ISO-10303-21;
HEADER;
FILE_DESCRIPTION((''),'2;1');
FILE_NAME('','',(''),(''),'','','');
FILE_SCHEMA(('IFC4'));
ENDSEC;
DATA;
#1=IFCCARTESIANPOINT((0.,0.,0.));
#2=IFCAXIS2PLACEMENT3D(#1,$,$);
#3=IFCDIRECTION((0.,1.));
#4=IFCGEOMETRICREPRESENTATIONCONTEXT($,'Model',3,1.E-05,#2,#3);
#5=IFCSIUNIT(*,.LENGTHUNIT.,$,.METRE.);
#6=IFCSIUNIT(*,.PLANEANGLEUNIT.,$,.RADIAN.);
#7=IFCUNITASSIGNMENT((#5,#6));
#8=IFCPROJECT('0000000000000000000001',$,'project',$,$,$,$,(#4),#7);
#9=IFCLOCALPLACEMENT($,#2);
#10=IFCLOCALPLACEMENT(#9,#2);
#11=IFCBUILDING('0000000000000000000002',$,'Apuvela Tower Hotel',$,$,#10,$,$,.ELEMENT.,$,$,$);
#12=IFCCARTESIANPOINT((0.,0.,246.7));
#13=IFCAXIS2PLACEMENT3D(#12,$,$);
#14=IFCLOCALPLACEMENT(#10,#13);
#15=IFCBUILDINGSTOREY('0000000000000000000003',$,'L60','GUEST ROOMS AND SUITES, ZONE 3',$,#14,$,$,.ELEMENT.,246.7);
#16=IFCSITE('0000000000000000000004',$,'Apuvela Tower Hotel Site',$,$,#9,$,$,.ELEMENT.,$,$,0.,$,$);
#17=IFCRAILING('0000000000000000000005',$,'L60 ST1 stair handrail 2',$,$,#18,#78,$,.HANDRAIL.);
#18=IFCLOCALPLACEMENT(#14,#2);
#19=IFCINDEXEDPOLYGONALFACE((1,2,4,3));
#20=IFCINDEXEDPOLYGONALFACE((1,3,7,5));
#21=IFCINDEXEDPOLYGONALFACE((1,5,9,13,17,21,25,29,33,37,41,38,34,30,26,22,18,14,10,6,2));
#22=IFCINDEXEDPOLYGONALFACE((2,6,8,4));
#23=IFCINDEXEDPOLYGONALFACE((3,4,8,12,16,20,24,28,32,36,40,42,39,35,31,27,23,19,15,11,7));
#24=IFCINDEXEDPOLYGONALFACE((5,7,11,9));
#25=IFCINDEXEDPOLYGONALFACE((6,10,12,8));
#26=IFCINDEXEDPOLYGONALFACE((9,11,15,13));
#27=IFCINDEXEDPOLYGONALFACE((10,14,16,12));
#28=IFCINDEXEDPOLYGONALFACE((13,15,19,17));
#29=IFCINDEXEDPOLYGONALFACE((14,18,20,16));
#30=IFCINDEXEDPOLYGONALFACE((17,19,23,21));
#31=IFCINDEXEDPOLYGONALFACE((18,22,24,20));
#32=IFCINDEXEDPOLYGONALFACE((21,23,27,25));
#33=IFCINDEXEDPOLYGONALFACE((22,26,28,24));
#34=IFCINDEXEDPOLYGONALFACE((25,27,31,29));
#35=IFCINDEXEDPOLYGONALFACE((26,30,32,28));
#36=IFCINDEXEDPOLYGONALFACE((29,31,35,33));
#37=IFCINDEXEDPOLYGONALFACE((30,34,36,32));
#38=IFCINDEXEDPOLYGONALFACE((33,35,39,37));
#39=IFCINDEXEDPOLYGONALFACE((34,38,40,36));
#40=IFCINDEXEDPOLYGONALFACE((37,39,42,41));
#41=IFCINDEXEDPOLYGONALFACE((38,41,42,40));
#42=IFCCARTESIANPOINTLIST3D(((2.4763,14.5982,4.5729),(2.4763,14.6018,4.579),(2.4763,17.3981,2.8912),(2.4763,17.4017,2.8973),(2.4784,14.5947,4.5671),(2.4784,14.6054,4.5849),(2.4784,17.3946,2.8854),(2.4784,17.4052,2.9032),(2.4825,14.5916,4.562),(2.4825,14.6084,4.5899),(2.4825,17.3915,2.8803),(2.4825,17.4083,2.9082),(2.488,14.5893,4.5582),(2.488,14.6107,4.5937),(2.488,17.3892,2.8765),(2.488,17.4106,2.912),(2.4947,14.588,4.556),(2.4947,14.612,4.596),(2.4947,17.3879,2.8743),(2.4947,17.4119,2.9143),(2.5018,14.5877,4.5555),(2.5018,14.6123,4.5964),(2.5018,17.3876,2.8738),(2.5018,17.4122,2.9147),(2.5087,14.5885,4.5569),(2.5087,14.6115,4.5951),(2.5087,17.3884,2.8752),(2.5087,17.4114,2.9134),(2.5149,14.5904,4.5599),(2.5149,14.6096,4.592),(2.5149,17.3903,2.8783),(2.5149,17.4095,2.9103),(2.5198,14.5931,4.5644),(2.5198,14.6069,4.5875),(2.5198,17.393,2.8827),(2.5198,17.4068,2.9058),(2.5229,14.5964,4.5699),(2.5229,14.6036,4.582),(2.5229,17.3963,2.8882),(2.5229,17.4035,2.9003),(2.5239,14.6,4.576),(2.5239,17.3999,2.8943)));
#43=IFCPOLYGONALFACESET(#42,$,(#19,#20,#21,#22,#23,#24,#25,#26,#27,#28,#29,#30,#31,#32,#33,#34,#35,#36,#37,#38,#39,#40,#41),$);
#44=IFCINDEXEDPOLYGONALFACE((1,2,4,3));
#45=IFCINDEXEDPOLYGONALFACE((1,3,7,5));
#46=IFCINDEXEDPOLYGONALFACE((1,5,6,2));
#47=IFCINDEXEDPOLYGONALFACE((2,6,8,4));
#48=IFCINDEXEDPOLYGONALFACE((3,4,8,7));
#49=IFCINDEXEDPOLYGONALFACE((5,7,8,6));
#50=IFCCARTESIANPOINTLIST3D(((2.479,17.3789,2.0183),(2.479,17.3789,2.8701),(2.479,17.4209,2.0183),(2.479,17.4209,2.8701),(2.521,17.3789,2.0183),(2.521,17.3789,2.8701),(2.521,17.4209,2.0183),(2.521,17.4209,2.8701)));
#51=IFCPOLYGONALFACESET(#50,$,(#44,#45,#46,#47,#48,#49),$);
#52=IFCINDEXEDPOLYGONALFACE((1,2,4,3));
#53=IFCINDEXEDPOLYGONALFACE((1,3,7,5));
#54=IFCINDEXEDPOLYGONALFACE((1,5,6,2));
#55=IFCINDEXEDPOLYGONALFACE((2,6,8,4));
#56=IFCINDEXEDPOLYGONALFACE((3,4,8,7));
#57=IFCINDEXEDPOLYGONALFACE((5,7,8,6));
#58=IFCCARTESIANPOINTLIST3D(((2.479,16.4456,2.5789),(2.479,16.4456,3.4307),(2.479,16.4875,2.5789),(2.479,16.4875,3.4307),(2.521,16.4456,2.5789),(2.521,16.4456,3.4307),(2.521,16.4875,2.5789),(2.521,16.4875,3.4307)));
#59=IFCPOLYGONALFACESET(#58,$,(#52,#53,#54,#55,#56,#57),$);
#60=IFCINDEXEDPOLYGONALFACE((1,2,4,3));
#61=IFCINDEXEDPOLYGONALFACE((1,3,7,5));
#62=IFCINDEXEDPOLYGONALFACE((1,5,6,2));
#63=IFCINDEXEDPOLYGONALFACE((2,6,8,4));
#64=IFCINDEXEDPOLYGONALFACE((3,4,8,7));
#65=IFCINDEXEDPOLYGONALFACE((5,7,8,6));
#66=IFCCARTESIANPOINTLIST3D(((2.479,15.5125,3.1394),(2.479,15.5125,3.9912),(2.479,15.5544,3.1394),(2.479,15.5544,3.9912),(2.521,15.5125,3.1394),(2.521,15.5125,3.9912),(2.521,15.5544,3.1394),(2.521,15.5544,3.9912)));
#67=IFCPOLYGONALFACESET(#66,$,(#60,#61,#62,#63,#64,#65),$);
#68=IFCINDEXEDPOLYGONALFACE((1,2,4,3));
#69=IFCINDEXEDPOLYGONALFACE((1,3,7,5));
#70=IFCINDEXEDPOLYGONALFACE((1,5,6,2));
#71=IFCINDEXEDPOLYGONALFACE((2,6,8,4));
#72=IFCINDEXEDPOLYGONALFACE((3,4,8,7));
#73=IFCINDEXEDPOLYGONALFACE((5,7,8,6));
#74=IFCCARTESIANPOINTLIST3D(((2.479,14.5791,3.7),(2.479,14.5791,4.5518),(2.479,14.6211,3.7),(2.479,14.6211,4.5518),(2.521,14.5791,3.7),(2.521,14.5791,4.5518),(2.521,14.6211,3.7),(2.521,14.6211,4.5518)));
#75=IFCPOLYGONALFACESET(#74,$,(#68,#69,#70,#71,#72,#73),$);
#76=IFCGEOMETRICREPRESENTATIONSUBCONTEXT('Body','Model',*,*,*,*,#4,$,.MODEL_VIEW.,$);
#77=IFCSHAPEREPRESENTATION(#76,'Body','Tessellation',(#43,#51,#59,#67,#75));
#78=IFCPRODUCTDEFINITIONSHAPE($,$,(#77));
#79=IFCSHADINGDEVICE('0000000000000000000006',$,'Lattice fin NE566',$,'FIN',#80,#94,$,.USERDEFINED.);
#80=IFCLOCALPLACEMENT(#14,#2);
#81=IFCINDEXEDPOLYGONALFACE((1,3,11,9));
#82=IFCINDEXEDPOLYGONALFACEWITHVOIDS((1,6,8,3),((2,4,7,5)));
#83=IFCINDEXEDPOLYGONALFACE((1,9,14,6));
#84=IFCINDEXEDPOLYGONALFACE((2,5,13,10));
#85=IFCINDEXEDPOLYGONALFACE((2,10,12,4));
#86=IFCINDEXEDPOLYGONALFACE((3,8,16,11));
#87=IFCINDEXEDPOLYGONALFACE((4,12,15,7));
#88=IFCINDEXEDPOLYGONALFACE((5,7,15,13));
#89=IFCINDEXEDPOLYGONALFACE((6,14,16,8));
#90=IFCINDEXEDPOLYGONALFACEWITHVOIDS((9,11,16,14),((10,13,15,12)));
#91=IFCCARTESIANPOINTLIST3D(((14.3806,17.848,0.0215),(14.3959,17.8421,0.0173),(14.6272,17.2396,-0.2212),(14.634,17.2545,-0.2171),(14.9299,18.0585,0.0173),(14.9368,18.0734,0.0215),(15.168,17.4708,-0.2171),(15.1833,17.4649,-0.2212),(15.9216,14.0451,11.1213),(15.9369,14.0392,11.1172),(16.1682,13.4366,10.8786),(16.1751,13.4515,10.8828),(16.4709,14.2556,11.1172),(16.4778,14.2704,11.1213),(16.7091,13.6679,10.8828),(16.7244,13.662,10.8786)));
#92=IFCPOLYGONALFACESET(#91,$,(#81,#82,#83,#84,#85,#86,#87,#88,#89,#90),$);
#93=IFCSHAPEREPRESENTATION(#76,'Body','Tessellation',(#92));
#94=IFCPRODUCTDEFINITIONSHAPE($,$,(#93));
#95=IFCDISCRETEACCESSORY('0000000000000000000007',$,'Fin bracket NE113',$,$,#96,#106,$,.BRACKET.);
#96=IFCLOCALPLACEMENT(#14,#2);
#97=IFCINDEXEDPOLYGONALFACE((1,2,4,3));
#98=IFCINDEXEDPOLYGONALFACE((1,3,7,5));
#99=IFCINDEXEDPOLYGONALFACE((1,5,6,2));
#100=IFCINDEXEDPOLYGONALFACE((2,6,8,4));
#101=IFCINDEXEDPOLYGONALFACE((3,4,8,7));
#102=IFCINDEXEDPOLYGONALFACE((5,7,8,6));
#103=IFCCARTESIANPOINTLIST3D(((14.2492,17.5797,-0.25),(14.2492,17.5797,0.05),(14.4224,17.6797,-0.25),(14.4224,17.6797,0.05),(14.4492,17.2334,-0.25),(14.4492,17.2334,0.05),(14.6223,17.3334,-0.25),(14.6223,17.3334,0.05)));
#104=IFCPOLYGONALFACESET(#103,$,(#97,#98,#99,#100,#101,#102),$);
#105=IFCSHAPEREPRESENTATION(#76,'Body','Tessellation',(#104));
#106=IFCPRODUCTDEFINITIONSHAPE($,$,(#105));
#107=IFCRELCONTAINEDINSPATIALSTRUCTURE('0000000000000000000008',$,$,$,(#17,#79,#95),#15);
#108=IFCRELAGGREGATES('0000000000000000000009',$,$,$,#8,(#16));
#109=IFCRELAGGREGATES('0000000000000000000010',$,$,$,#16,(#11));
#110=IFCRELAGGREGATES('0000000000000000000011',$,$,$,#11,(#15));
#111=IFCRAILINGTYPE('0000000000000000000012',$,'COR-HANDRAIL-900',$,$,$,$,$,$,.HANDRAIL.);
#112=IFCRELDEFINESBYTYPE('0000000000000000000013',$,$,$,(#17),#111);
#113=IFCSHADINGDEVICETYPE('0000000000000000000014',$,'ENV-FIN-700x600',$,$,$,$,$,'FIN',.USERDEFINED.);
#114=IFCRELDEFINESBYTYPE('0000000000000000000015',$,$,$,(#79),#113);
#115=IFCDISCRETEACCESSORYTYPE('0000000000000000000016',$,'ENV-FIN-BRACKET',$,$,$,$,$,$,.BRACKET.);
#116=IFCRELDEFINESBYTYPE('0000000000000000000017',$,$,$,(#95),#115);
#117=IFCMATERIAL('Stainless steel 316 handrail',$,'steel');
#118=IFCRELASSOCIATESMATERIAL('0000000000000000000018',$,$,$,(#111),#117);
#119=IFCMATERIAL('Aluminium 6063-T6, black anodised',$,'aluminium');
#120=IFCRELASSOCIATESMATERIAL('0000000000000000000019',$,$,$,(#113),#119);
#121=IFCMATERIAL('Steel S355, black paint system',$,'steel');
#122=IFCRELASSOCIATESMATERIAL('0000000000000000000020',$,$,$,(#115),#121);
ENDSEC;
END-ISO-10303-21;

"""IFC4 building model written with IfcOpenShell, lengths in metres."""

from ifc_helpers import new_model, si_unit, direction, frame, origin, origin_2d, place, context, subcontext, project, spatial, rectangle, hollow_rectangle, circle, extrude, material, material_profile, profile_set, type_object, element, save


model = new_model("IFC4")

# Units and contexts
model_context = context("Model", 3, precision=1e-05, world=origin(), true_north=direction((0.0, 1.0)))
body_context = subcontext(model_context, "Body", "Model", "MODEL_VIEW")
ifc_project = project(units=[si_unit("LENGTHUNIT", "METRE"), si_unit("PLANEANGLEUNIT", "RADIAN")], contexts=[model_context])

# Site, building, storey
site_placement = place(None, origin())
site = spatial("IfcSite", under=ifc_project, at=site_placement, Name="Apuvela Tower Hotel Site", CompositionType="ELEMENT", RefElevation=0.0)
building_placement = place(site_placement, origin())
building = spatial("IfcBuilding", under=site, at=building_placement, Name="Apuvela Tower Hotel", CompositionType="ELEMENT")
storey_placement = place(building_placement, frame((0.0, 0.0, 246.7)))
storey = spatial("IfcBuildingStorey", under=building, at=storey_placement, Name="L60", Description="GUEST ROOMS AND SUITES, ZONE 3", CompositionType="ELEMENT", Elevation=246.7)

# Railing
ifc_material_1 = material(Name="Stainless steel 316 handrail", Category="steel")
railing_type_1 = type_object("IfcRailingType", Name="COR-HANDRAIL-900", PredefinedType="HANDRAIL", material=ifc_material_1)
railing_1_placement = place(storey_placement, frame((2.5, 17.3999, 2.0183)))
element("IfcRailing", 1, at=railing_1_placement, inside=storey, type_object=railing_type_1, Name="L60 ST1 stair handrail 2", PredefinedType="HANDRAIL", context=body_context, shape_type="SweptSolid", body=[
    extrude(circle(Radius=0.0239, at=origin_2d()), frame((0.0, 0.0, 0.876), z_axis=(0.0, -0.857255, 0.514891), x_axis=(1.0, 0.0, 0.0)), (0.0, 0.0, 1.0), 3.2661),
    extrude(rectangle(XDim=0.042, YDim=0.042, at=origin_2d()), origin(), (0.0, 0.0, 1.0), 0.8518),
    extrude(rectangle(XDim=0.042, YDim=0.042, at=origin_2d()), frame((0.0, -0.9333, 0.5605)), (0.0, 0.0, 1.0), 0.8518),
    extrude(rectangle(XDim=0.042, YDim=0.042, at=origin_2d()), frame((0.0, -1.8665, 1.1211)), (0.0, 0.0, 1.0), 0.8518),
    extrude(rectangle(XDim=0.042, YDim=0.042, at=origin_2d()), frame((0.0, -2.7998, 1.6816)), (0.0, 0.0, 1.0), 0.8518),
])

# Shading device
ifc_material_2 = material(Name="Aluminium 6063-T6, black anodised", Category="aluminium")
ifc_material_profile_1 = material_profile(ifc_material_2, hollow_rectangle(XDim=0.6001, YDim=0.7, WallThickness=0.012, at=origin_2d()), Name="AL BOX 700x600x12")
ifc_profile_set_1 = profile_set([ifc_material_profile_1], Name="Aluminium 6063-T6, black anodised")
shading_device_type = type_object("IfcShadingDeviceType", Name="ENV-FIN-700x600", ElementType="FIN", PredefinedType="USERDEFINED", material=ifc_profile_set_1)
shading_device_placement = place(storey_placement, frame((14.782, 17.6565, -0.0999), z_axis=(0.130219, -0.32136, 0.937961), x_axis=(0.926801, 0.375552, 0.0)))
element("IfcShadingDevice", 2, at=shading_device_placement, inside=storey, type_object=shading_device_type, Name="Lattice fin NE566", ObjectType="FIN", PredefinedType="USERDEFINED", context=body_context, shape_type="SweptSolid", body=[
    extrude(hollow_rectangle(XDim=0.6001, YDim=0.7, WallThickness=0.012, at=origin_2d()), origin(), (0.0, 0.0, 1.0), 11.834),
])

# Discrete accessory
ifc_material_3 = material(Name="Steel S355, black paint system", Category="steel")
discrete_accessory_type = type_object("IfcDiscreteAccessoryType", Name="ENV-FIN-BRACKET", PredefinedType="BRACKET", material=ifc_material_3)
discrete_accessory_placement = place(storey_placement, frame((14.4358, 17.4565, -0.25), z_axis=(0.0, 0.0, 1.0), x_axis=(-0.5, 0.866025, 0.0)))
element("IfcDiscreteAccessory", 3, at=discrete_accessory_placement, inside=storey, type_object=discrete_accessory_type, Name="Fin bracket NE113", PredefinedType="BRACKET", context=body_context, shape_type="SweptSolid", body=[
    extrude(rectangle(XDim=0.3999, YDim=0.2, at=origin_2d()), origin(), (0.0, 0.0, 1.0), 0.3),
])

save(model, "model.ifc")
